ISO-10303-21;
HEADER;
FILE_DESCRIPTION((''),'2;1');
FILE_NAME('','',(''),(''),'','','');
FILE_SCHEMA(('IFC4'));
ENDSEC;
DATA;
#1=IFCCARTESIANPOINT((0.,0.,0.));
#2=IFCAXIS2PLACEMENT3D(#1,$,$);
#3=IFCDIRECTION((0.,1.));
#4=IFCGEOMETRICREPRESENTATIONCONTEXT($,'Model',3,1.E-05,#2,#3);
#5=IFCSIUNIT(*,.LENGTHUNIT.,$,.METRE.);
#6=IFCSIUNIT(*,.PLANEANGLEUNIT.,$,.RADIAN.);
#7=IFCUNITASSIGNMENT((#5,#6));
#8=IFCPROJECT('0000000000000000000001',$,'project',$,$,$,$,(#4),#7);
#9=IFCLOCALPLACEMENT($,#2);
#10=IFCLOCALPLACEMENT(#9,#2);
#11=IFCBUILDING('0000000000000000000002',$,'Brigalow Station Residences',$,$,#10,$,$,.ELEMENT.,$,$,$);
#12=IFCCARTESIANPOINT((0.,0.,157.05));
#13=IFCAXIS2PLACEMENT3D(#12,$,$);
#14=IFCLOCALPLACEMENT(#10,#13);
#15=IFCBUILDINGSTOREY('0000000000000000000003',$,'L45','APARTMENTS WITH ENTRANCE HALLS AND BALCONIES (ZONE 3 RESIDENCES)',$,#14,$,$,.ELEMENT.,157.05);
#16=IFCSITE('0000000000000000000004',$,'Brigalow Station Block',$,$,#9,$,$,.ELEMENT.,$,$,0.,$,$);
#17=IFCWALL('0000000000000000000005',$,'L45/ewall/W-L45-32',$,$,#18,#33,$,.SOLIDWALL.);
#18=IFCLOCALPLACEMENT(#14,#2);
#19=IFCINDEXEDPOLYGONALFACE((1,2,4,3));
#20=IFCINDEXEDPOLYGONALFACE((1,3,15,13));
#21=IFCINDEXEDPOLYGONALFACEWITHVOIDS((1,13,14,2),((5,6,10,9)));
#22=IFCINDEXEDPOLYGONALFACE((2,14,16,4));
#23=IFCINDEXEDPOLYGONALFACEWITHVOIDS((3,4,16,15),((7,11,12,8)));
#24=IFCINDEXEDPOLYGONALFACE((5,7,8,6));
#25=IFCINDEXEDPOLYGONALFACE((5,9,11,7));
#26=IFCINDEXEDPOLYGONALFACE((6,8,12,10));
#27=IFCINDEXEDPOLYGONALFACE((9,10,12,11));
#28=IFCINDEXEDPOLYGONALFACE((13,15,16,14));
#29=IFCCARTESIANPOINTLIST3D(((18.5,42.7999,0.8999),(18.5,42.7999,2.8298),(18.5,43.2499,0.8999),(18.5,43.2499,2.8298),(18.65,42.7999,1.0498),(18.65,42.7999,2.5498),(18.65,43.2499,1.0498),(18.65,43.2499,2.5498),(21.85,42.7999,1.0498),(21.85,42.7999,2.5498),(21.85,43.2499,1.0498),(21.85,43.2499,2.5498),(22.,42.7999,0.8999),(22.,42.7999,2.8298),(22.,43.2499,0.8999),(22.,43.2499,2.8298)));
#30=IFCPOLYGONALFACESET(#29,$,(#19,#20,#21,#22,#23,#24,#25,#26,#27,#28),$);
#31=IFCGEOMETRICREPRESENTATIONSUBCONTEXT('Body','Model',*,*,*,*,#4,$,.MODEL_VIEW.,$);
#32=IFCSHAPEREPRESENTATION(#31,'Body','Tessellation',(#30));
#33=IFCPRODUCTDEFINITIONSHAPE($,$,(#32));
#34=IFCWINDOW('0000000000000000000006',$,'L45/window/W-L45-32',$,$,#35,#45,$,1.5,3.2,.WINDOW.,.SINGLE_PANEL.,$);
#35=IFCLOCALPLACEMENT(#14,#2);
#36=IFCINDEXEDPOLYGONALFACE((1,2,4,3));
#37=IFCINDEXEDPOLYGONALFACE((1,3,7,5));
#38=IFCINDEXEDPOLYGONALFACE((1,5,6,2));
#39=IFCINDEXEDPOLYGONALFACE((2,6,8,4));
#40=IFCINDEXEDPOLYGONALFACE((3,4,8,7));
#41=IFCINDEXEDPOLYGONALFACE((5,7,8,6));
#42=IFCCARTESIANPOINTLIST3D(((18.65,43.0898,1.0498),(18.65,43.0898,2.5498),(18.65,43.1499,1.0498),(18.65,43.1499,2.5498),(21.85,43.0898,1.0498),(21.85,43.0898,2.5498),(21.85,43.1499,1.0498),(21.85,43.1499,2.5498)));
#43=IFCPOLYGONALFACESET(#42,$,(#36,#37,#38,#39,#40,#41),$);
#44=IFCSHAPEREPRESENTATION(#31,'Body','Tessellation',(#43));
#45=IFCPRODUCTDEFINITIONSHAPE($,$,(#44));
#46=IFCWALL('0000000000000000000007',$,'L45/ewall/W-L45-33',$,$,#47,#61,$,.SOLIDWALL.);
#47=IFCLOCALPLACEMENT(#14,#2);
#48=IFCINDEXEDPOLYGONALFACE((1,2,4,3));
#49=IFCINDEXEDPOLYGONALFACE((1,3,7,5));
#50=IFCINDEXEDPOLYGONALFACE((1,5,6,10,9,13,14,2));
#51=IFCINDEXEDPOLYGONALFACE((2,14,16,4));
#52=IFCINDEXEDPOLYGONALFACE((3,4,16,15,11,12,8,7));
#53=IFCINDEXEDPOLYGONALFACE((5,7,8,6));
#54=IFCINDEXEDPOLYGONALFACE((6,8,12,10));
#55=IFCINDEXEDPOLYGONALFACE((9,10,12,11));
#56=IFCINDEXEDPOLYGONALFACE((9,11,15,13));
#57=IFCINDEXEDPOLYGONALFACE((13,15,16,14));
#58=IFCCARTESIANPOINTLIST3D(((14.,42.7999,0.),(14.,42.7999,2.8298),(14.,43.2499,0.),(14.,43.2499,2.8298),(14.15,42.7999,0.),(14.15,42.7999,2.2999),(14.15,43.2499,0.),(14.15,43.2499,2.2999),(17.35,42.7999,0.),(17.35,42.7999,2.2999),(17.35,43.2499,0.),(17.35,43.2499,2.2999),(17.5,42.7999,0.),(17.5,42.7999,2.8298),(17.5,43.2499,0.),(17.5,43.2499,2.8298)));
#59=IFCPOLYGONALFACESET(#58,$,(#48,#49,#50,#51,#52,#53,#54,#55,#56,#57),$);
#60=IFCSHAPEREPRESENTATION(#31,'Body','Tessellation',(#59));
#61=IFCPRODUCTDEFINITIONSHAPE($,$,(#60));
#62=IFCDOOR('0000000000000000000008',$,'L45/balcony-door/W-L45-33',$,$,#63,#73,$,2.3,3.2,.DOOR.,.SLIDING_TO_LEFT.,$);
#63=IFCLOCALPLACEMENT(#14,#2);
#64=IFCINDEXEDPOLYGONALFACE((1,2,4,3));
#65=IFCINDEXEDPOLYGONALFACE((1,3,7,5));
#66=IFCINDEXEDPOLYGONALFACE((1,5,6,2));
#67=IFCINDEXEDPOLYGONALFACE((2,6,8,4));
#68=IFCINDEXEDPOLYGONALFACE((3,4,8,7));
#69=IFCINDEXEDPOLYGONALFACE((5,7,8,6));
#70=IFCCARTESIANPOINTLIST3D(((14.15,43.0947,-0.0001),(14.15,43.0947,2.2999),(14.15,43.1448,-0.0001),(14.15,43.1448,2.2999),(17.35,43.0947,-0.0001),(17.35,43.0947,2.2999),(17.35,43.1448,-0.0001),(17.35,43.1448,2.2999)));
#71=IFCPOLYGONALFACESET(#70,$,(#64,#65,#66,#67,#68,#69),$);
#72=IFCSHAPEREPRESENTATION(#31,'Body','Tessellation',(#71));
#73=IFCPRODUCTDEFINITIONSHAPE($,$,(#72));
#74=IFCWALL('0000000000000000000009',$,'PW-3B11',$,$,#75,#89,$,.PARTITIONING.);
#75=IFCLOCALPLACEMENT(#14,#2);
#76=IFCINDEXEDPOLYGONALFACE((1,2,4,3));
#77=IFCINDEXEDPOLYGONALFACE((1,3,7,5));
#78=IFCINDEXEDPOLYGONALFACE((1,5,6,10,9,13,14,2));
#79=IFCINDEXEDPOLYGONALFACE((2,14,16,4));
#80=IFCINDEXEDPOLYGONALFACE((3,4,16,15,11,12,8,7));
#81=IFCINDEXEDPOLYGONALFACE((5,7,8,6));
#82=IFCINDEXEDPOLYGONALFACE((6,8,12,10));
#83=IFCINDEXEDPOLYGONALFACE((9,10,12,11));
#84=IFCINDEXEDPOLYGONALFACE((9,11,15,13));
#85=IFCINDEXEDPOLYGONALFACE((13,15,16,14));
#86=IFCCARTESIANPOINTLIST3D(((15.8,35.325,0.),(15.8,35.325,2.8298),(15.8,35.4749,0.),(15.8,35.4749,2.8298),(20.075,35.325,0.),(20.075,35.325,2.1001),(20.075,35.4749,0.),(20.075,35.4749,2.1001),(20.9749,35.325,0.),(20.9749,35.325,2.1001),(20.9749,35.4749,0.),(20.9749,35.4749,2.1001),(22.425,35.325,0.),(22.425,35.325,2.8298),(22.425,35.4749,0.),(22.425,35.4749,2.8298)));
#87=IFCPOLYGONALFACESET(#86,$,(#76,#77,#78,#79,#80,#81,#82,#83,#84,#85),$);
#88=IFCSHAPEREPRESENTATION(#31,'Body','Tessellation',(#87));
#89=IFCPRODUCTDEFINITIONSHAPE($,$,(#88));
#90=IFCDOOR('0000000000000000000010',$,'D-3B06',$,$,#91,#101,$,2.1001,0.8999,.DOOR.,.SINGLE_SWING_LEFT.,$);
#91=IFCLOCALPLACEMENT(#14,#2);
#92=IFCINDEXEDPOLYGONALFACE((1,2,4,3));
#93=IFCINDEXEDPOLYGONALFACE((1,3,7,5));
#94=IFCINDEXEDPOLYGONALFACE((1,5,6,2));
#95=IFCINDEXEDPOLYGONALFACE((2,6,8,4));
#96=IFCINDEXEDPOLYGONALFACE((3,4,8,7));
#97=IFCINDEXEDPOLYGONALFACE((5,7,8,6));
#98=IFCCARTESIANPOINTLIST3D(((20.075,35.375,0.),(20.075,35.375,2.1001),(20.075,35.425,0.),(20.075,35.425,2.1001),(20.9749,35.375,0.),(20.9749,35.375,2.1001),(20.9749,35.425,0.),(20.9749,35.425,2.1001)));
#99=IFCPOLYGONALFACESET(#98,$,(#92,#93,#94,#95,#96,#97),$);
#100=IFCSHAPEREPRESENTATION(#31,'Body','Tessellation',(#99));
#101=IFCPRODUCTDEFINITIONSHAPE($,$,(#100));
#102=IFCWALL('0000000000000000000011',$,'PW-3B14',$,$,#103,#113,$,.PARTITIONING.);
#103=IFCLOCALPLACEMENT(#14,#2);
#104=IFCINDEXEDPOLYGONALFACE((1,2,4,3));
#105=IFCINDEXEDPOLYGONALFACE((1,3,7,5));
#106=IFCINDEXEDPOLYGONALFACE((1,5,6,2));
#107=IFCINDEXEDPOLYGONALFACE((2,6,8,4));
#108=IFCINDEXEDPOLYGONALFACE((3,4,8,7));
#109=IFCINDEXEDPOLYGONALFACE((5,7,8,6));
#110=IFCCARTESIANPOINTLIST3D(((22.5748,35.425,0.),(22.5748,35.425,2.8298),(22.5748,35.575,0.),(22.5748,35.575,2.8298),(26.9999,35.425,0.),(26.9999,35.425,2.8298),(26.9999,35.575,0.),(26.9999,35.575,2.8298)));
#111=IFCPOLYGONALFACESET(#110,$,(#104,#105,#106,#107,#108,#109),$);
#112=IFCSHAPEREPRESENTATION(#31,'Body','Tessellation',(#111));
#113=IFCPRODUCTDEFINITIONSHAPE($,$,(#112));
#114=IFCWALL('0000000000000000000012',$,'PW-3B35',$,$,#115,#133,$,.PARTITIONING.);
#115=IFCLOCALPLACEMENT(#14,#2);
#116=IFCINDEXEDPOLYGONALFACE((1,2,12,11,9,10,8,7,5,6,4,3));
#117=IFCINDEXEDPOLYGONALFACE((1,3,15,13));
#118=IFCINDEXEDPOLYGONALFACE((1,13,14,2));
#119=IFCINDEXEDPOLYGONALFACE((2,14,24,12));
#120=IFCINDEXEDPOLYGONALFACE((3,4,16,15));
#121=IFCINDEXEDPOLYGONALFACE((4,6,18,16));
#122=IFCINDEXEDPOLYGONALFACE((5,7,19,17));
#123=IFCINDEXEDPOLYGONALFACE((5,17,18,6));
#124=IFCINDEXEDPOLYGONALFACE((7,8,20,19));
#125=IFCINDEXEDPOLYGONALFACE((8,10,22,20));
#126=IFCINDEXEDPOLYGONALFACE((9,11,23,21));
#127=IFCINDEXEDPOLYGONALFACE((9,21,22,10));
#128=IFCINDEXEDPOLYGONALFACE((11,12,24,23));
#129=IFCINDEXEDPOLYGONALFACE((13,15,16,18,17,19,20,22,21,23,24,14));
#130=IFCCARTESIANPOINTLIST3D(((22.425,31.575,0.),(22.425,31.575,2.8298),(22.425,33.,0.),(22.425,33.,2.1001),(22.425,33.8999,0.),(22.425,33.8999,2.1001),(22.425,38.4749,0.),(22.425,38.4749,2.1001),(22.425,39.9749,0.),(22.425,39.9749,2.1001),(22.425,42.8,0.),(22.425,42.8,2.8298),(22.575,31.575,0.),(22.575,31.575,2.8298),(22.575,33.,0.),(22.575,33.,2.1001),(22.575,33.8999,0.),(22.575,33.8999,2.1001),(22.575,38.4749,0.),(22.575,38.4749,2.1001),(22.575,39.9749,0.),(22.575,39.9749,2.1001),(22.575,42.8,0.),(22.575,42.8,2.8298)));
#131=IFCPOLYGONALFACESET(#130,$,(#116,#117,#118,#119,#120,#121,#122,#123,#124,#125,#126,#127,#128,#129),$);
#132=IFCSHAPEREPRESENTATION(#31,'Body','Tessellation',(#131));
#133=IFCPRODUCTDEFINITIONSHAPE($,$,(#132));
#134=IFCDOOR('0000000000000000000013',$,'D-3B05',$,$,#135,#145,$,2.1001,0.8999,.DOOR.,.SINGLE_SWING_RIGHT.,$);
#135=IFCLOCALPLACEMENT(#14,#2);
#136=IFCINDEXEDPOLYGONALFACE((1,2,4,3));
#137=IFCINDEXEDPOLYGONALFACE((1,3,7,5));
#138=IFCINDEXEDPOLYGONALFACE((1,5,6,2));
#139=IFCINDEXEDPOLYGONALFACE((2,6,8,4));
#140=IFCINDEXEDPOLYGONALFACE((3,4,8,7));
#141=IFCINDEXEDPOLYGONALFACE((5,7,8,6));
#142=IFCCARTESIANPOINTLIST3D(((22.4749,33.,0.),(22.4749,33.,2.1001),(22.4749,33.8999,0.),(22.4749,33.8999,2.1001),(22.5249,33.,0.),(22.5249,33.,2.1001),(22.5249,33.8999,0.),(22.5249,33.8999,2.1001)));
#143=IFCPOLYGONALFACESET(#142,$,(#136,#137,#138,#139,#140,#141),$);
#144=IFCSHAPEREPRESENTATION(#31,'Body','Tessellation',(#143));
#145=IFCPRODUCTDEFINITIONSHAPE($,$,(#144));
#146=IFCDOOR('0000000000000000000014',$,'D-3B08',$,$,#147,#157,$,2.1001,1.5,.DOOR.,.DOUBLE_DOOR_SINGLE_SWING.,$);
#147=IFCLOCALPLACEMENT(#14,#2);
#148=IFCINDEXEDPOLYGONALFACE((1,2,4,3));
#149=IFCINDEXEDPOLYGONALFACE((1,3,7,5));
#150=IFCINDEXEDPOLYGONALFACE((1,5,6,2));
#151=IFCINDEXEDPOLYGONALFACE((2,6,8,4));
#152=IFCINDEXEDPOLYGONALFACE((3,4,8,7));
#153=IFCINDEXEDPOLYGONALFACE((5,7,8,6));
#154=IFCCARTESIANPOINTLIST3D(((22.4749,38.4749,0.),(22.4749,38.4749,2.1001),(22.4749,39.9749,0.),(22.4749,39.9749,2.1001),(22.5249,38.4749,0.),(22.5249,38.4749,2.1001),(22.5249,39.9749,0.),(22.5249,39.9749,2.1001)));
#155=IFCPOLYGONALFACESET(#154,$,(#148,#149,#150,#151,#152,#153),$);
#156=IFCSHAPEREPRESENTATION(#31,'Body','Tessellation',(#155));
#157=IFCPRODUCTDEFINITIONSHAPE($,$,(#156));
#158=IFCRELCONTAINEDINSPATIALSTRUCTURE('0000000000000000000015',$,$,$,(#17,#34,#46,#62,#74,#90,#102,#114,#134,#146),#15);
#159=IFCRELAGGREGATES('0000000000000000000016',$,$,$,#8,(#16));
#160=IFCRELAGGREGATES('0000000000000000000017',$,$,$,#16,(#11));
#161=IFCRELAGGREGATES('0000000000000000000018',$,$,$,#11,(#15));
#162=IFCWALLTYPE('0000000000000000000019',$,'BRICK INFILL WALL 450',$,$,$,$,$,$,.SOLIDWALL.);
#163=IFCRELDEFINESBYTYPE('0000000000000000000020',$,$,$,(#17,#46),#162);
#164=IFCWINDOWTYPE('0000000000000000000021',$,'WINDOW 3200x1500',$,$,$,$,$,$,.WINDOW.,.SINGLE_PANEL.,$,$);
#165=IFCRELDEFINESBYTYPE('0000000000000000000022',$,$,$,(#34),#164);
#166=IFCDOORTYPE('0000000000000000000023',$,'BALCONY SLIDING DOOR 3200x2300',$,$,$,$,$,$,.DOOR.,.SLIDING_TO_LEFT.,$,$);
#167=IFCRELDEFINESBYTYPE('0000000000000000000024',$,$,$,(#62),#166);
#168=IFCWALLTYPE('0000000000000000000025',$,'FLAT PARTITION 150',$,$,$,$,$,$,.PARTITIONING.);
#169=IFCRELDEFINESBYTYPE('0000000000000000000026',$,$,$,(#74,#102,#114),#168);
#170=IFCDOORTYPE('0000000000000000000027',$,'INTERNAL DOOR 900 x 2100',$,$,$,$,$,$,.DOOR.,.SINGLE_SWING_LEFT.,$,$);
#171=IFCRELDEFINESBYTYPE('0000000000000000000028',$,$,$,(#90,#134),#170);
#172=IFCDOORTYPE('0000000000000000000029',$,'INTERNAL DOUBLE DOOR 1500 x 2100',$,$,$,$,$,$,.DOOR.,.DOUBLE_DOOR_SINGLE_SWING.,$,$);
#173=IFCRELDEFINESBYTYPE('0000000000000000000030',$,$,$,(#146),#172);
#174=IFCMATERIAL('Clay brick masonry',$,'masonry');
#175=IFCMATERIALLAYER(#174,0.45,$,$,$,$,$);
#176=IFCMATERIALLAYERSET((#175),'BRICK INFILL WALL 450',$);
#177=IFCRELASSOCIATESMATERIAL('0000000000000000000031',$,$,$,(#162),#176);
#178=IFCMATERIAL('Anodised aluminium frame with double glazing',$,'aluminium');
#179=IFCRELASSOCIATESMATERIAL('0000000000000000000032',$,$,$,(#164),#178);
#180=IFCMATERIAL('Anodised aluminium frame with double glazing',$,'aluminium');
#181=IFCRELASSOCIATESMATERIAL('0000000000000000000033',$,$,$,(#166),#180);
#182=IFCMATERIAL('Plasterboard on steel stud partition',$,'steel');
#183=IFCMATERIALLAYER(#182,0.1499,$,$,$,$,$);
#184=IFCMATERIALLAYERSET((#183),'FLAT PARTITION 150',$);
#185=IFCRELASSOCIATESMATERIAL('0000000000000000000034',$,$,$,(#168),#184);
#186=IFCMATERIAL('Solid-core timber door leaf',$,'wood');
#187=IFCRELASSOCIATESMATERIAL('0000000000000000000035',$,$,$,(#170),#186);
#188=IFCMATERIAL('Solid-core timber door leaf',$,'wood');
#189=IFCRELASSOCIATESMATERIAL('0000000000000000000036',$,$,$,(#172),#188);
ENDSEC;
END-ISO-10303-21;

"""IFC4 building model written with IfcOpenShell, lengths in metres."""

from ifc_helpers import new_model, si_unit, direction, frame, frame_2d, origin, place, context, subcontext, project, spatial, rectangle, extrude, material, layer, layer_set, type_object, element, fill, save


model = new_model("IFC4")

# Units and contexts
model_context = context("Model", 3, precision=1e-05, world=origin(), true_north=direction((0.0, 1.0)))
body_context = subcontext(model_context, "Body", "Model", "MODEL_VIEW")
ifc_project = project(units=[si_unit("LENGTHUNIT", "METRE"), si_unit("PLANEANGLEUNIT", "RADIAN")], contexts=[model_context])

# Site, building, storey
site_placement = place(None, origin())
site = spatial("IfcSite", under=ifc_project, at=site_placement, Name="Brigalow Station Block", CompositionType="ELEMENT", RefElevation=0.0)
building_placement = place(site_placement, origin())
building = spatial("IfcBuilding", under=site, at=building_placement, Name="Brigalow Station Residences", CompositionType="ELEMENT")
storey_placement = place(building_placement, frame((0.0, 0.0, 157.05)))
storey = spatial("IfcBuildingStorey", under=building, at=storey_placement, Name="L45", Description="APARTMENTS WITH ENTRANCE HALLS AND BALCONIES (ZONE 3 RESIDENCES)", CompositionType="ELEMENT", Elevation=157.05)

# Wall, opening, window
ifc_material_1 = material(Name="Clay brick masonry", Category="masonry")
ifc_layer_1 = layer(ifc_material_1, 0.45)
ifc_layer_set_1 = layer_set([ifc_layer_1], Name="BRICK INFILL WALL 450")
wall_type_1 = type_object("IfcWallType", Name="BRICK INFILL WALL 450", PredefinedType="SOLIDWALL", material=ifc_layer_set_1)
ifc_material_2 = material(Name="Anodised aluminium frame with double glazing", Category="aluminium")
window_type = type_object("IfcWindowType", Name="WINDOW 3200x1500", PartitioningType="SINGLE_PANEL", PredefinedType="WINDOW", material=ifc_material_2)
wall_1_placement = place(storey_placement, frame((22.0, 43.0249, 0.8999), z_axis=(0.0, 0.0, 1.0), x_axis=(-1.0, 0.0, 0.0)))
wall_1 = element("IfcWall", 1, at=wall_1_placement, inside=storey, type_object=wall_type_1, Name="L45/ewall/W-L45-32", PredefinedType="SOLIDWALL", context=body_context, shape_type="SweptSolid", body=[
    extrude(rectangle(XDim=3.5, YDim=0.45, at=frame_2d((1.75, 0.0))), origin(), (0.0, 0.0, 1.0), 1.9299),
])
opening_1_placement = place(wall_1_placement, frame((0.1499, 0.0, 0.1499)))
opening_1 = element("IfcOpeningElement", 2, at=opening_1_placement, cuts=wall_1, PredefinedType="OPENING", context=body_context, shape_type="SweptSolid", body=[
    extrude(rectangle(XDim=3.2, YDim=1.5, at=frame_2d((1.6001, 0.75))), frame((0.0, 0.2349, 0.0), z_axis=(0.0, -1.0, 0.0), x_axis=(1.0, 0.0, 0.0)), (0.0, 0.0, 1.0), 0.47),
])
window_1_placement = place(opening_1_placement, origin())
window_1 = element("IfcWindow", 3, at=window_1_placement, inside=storey, type_object=window_type, Name="L45/window/W-L45-32", OverallHeight=1.5, OverallWidth=3.2, PartitioningType="SINGLE_PANEL", PredefinedType="WINDOW", context=body_context, shape_type="SweptSolid", body=[
    extrude(rectangle(XDim=3.2, YDim=1.5, at=frame_2d((1.6001, 0.75))), frame((0.0, -0.0649, 0.0), z_axis=(0.0, -1.0, 0.0), x_axis=(1.0, 0.0, 0.0)), (0.0, 0.0, 1.0), 0.0601),
])
fill(opening_1, window_1)

# Walls, openings, doors
wall_2_placement = place(storey_placement, frame((17.5, 43.0249, 0.0), z_axis=(0.0, 0.0, 1.0), x_axis=(-1.0, 0.0, 0.0)))
wall_2 = element("IfcWall", 4, at=wall_2_placement, inside=storey, type_object=wall_type_1, Name="L45/ewall/W-L45-33", PredefinedType="SOLIDWALL", context=body_context, shape_type="SweptSolid", body=[
    extrude(rectangle(XDim=3.5, YDim=0.45, at=frame_2d((1.75, 0.0))), origin(), (0.0, 0.0, 1.0), 2.8298),
])
opening_2_placement = place(wall_2_placement, frame((0.1499, 0.0, 0.0)))
opening_2 = element("IfcOpeningElement", 5, at=opening_2_placement, cuts=wall_2, PredefinedType="OPENING", context=body_context, shape_type="SweptSolid", body=[
    extrude(rectangle(XDim=3.2, YDim=2.3, at=frame_2d((1.6001, 1.1499))), frame((0.0, 0.2349, 0.0), z_axis=(0.0, -1.0, 0.0), x_axis=(1.0, 0.0, 0.0)), (0.0, 0.0, 1.0), 0.47),
])
ifc_material_3 = material(Name="Anodised aluminium frame with double glazing", Category="aluminium")
door_type_1 = type_object("IfcDoorType", Name="BALCONY SLIDING DOOR 3200x2300", OperationType="SLIDING_TO_LEFT", PredefinedType="DOOR", material=ifc_material_3)
door_1_placement = place(opening_2_placement, origin())
door_1 = element("IfcDoor", 6, at=door_1_placement, inside=storey, type_object=door_type_1, Name="L45/balcony-door/W-L45-33", OperationType="SLIDING_TO_LEFT", OverallHeight=2.3, OverallWidth=3.2, PredefinedType="DOOR", context=body_context, shape_type="SweptSolid", body=[
    extrude(rectangle(XDim=3.2, YDim=2.3, at=frame_2d((1.6001, 1.1499))), frame((0.0, -0.0698, 0.0), z_axis=(0.0, -1.0, 0.0), x_axis=(1.0, 0.0, 0.0)), (0.0, 0.0, 1.0), 0.05),
])
fill(opening_2, door_1)
ifc_material_4 = material(Name="Plasterboard on steel stud partition", Category="steel")
ifc_layer_2 = layer(ifc_material_4, 0.1499)
ifc_layer_set_2 = layer_set([ifc_layer_2], Name="FLAT PARTITION 150")
wall_type_2 = type_object("IfcWallType", Name="FLAT PARTITION 150", PredefinedType="PARTITIONING", material=ifc_layer_set_2)
wall_3_placement = place(storey_placement, frame((15.8, 35.3999, 0.0), z_axis=(0.0, 0.0, 1.0), x_axis=(1.0, 0.0, 0.0)))
wall_3 = element("IfcWall", 7, at=wall_3_placement, inside=storey, type_object=wall_type_2, Name="PW-3B11", PredefinedType="PARTITIONING", context=body_context, shape_type="SweptSolid", body=[
    extrude(rectangle(XDim=6.625, YDim=0.1499, at=frame_2d((3.3125, 0.0))), origin(), (0.0, 0.0, 1.0), 2.8298),
])
opening_3_placement = place(wall_3_placement, frame((4.2749, 0.0, 0.0)))
opening_3 = element("IfcOpeningElement", 8, at=opening_3_placement, cuts=wall_3, PredefinedType="OPENING", context=body_context, shape_type="SweptSolid", body=[
    extrude(rectangle(XDim=0.8999, YDim=2.1001, at=frame_2d((0.45, 1.05))), frame((0.0, 0.085, 0.0), z_axis=(0.0, -1.0, 0.0), x_axis=(1.0, 0.0, 0.0)), (0.0, 0.0, 1.0), 0.1699),
])
ifc_material_5 = material(Name="Solid-core timber door leaf", Category="wood")
door_type_2 = type_object("IfcDoorType", Name="INTERNAL DOOR 900 x 2100", OperationType="SINGLE_SWING_LEFT", PredefinedType="DOOR", material=ifc_material_5)
door_2_placement = place(opening_3_placement, frame((0.8999, 0.0, 0.0), z_axis=(0.0, 0.0, 1.0), x_axis=(-1.0, 0.0, 0.0)))
door_2 = element("IfcDoor", 9, at=door_2_placement, inside=storey, type_object=door_type_2, Name="D-3B06", OperationType="SINGLE_SWING_LEFT", OverallHeight=2.1001, OverallWidth=0.8999, PredefinedType="DOOR", context=body_context, shape_type="SweptSolid", body=[
    extrude(rectangle(XDim=0.8999, YDim=2.1001, at=frame_2d((0.45, 1.05))), frame((0.0, 0.0249, 0.0), z_axis=(0.0, -1.0, 0.0), x_axis=(1.0, 0.0, 0.0)), (0.0, 0.0, 1.0), 0.05),
])
fill(opening_3, door_2)

# Wall
wall_4_placement = place(storey_placement, frame((22.575, 35.5, 0.0), z_axis=(0.0, 0.0, 1.0), x_axis=(1.0, 0.0, 0.0)))
element("IfcWall", 10, at=wall_4_placement, inside=storey, type_object=wall_type_2, Name="PW-3B14", PredefinedType="PARTITIONING", context=body_context, shape_type="SweptSolid", body=[
    extrude(rectangle(XDim=4.425, YDim=0.1499, at=frame_2d((2.2124, 0.0))), origin(), (0.0, 0.0, 1.0), 2.8298),
])

# Wall, openings, doors
wall_5_placement = place(storey_placement, frame((22.5, 31.575, 0.0), z_axis=(0.0, 0.0, 1.0), x_axis=(0.0, 1.0, 0.0)))
wall_5 = element("IfcWall", 11, at=wall_5_placement, inside=storey, type_object=wall_type_2, Name="PW-3B35", PredefinedType="PARTITIONING", context=body_context, shape_type="SweptSolid", body=[
    extrude(rectangle(XDim=11.2251, YDim=0.1499, at=frame_2d((5.6125, 0.0))), origin(), (0.0, 0.0, 1.0), 2.8298),
])
opening_4_placement = place(wall_5_placement, frame((1.425, 0.0, 0.0)))
opening_4 = element("IfcOpeningElement", 12, at=opening_4_placement, cuts=wall_5, PredefinedType="OPENING", context=body_context, shape_type="SweptSolid", body=[
    extrude(rectangle(XDim=0.8999, YDim=2.1001, at=frame_2d((0.45, 1.05))), frame((0.0, 0.085, 0.0), z_axis=(0.0, -1.0, 0.0), x_axis=(1.0, 0.0, 0.0)), (0.0, 0.0, 1.0), 0.1699),
])
opening_5_placement = place(wall_5_placement, frame((6.8999, 0.0, 0.0)))
opening_5 = element("IfcOpeningElement", 13, at=opening_5_placement, cuts=wall_5, PredefinedType="OPENING", context=body_context, shape_type="SweptSolid", body=[
    extrude(rectangle(XDim=1.5, YDim=2.1001, at=frame_2d((0.75, 1.05))), frame((0.0, 0.085, 0.0), z_axis=(0.0, -1.0, 0.0), x_axis=(1.0, 0.0, 0.0)), (0.0, 0.0, 1.0), 0.1699),
])
door_3_placement = place(opening_4_placement, frame((0.8999, 0.0, 0.0), z_axis=(0.0, 0.0, 1.0), x_axis=(-1.0, 0.0, 0.0)))
door_3 = element("IfcDoor", 14, at=door_3_placement, inside=storey, type_object=door_type_2, Name="D-3B05", OperationType="SINGLE_SWING_RIGHT", OverallHeight=2.1001, OverallWidth=0.8999, PredefinedType="DOOR", context=body_context, shape_type="SweptSolid", body=[
    extrude(rectangle(XDim=0.8999, YDim=2.1001, at=frame_2d((0.45, 1.05))), frame((0.0, 0.0249, 0.0), z_axis=(0.0, -1.0, 0.0), x_axis=(1.0, 0.0, 0.0)), (0.0, 0.0, 1.0), 0.05),
])
fill(opening_4, door_3)
ifc_material_6 = material(Name="Solid-core timber door leaf", Category="wood")
door_type_3 = type_object("IfcDoorType", Name="INTERNAL DOUBLE DOOR 1500 x 2100", OperationType="DOUBLE_DOOR_SINGLE_SWING", PredefinedType="DOOR", material=ifc_material_6)
door_4_placement = place(opening_5_placement, frame((1.5, 0.0, 0.0), z_axis=(0.0, 0.0, 1.0), x_axis=(-1.0, 0.0, 0.0)))
door_4 = element("IfcDoor", 15, at=door_4_placement, inside=storey, type_object=door_type_3, Name="D-3B08", OperationType="DOUBLE_DOOR_SINGLE_SWING", OverallHeight=2.1001, OverallWidth=1.5, PredefinedType="DOOR", context=body_context, shape_type="SweptSolid", body=[
    extrude(rectangle(XDim=1.5, YDim=2.1001, at=frame_2d((0.75, 1.05))), frame((0.0, 0.0249, 0.0), z_axis=(0.0, -1.0, 0.0), x_axis=(1.0, 0.0, 0.0)), (0.0, 0.0, 1.0), 0.05),
])
fill(opening_5, door_4)

save(model, "model.ifc")
